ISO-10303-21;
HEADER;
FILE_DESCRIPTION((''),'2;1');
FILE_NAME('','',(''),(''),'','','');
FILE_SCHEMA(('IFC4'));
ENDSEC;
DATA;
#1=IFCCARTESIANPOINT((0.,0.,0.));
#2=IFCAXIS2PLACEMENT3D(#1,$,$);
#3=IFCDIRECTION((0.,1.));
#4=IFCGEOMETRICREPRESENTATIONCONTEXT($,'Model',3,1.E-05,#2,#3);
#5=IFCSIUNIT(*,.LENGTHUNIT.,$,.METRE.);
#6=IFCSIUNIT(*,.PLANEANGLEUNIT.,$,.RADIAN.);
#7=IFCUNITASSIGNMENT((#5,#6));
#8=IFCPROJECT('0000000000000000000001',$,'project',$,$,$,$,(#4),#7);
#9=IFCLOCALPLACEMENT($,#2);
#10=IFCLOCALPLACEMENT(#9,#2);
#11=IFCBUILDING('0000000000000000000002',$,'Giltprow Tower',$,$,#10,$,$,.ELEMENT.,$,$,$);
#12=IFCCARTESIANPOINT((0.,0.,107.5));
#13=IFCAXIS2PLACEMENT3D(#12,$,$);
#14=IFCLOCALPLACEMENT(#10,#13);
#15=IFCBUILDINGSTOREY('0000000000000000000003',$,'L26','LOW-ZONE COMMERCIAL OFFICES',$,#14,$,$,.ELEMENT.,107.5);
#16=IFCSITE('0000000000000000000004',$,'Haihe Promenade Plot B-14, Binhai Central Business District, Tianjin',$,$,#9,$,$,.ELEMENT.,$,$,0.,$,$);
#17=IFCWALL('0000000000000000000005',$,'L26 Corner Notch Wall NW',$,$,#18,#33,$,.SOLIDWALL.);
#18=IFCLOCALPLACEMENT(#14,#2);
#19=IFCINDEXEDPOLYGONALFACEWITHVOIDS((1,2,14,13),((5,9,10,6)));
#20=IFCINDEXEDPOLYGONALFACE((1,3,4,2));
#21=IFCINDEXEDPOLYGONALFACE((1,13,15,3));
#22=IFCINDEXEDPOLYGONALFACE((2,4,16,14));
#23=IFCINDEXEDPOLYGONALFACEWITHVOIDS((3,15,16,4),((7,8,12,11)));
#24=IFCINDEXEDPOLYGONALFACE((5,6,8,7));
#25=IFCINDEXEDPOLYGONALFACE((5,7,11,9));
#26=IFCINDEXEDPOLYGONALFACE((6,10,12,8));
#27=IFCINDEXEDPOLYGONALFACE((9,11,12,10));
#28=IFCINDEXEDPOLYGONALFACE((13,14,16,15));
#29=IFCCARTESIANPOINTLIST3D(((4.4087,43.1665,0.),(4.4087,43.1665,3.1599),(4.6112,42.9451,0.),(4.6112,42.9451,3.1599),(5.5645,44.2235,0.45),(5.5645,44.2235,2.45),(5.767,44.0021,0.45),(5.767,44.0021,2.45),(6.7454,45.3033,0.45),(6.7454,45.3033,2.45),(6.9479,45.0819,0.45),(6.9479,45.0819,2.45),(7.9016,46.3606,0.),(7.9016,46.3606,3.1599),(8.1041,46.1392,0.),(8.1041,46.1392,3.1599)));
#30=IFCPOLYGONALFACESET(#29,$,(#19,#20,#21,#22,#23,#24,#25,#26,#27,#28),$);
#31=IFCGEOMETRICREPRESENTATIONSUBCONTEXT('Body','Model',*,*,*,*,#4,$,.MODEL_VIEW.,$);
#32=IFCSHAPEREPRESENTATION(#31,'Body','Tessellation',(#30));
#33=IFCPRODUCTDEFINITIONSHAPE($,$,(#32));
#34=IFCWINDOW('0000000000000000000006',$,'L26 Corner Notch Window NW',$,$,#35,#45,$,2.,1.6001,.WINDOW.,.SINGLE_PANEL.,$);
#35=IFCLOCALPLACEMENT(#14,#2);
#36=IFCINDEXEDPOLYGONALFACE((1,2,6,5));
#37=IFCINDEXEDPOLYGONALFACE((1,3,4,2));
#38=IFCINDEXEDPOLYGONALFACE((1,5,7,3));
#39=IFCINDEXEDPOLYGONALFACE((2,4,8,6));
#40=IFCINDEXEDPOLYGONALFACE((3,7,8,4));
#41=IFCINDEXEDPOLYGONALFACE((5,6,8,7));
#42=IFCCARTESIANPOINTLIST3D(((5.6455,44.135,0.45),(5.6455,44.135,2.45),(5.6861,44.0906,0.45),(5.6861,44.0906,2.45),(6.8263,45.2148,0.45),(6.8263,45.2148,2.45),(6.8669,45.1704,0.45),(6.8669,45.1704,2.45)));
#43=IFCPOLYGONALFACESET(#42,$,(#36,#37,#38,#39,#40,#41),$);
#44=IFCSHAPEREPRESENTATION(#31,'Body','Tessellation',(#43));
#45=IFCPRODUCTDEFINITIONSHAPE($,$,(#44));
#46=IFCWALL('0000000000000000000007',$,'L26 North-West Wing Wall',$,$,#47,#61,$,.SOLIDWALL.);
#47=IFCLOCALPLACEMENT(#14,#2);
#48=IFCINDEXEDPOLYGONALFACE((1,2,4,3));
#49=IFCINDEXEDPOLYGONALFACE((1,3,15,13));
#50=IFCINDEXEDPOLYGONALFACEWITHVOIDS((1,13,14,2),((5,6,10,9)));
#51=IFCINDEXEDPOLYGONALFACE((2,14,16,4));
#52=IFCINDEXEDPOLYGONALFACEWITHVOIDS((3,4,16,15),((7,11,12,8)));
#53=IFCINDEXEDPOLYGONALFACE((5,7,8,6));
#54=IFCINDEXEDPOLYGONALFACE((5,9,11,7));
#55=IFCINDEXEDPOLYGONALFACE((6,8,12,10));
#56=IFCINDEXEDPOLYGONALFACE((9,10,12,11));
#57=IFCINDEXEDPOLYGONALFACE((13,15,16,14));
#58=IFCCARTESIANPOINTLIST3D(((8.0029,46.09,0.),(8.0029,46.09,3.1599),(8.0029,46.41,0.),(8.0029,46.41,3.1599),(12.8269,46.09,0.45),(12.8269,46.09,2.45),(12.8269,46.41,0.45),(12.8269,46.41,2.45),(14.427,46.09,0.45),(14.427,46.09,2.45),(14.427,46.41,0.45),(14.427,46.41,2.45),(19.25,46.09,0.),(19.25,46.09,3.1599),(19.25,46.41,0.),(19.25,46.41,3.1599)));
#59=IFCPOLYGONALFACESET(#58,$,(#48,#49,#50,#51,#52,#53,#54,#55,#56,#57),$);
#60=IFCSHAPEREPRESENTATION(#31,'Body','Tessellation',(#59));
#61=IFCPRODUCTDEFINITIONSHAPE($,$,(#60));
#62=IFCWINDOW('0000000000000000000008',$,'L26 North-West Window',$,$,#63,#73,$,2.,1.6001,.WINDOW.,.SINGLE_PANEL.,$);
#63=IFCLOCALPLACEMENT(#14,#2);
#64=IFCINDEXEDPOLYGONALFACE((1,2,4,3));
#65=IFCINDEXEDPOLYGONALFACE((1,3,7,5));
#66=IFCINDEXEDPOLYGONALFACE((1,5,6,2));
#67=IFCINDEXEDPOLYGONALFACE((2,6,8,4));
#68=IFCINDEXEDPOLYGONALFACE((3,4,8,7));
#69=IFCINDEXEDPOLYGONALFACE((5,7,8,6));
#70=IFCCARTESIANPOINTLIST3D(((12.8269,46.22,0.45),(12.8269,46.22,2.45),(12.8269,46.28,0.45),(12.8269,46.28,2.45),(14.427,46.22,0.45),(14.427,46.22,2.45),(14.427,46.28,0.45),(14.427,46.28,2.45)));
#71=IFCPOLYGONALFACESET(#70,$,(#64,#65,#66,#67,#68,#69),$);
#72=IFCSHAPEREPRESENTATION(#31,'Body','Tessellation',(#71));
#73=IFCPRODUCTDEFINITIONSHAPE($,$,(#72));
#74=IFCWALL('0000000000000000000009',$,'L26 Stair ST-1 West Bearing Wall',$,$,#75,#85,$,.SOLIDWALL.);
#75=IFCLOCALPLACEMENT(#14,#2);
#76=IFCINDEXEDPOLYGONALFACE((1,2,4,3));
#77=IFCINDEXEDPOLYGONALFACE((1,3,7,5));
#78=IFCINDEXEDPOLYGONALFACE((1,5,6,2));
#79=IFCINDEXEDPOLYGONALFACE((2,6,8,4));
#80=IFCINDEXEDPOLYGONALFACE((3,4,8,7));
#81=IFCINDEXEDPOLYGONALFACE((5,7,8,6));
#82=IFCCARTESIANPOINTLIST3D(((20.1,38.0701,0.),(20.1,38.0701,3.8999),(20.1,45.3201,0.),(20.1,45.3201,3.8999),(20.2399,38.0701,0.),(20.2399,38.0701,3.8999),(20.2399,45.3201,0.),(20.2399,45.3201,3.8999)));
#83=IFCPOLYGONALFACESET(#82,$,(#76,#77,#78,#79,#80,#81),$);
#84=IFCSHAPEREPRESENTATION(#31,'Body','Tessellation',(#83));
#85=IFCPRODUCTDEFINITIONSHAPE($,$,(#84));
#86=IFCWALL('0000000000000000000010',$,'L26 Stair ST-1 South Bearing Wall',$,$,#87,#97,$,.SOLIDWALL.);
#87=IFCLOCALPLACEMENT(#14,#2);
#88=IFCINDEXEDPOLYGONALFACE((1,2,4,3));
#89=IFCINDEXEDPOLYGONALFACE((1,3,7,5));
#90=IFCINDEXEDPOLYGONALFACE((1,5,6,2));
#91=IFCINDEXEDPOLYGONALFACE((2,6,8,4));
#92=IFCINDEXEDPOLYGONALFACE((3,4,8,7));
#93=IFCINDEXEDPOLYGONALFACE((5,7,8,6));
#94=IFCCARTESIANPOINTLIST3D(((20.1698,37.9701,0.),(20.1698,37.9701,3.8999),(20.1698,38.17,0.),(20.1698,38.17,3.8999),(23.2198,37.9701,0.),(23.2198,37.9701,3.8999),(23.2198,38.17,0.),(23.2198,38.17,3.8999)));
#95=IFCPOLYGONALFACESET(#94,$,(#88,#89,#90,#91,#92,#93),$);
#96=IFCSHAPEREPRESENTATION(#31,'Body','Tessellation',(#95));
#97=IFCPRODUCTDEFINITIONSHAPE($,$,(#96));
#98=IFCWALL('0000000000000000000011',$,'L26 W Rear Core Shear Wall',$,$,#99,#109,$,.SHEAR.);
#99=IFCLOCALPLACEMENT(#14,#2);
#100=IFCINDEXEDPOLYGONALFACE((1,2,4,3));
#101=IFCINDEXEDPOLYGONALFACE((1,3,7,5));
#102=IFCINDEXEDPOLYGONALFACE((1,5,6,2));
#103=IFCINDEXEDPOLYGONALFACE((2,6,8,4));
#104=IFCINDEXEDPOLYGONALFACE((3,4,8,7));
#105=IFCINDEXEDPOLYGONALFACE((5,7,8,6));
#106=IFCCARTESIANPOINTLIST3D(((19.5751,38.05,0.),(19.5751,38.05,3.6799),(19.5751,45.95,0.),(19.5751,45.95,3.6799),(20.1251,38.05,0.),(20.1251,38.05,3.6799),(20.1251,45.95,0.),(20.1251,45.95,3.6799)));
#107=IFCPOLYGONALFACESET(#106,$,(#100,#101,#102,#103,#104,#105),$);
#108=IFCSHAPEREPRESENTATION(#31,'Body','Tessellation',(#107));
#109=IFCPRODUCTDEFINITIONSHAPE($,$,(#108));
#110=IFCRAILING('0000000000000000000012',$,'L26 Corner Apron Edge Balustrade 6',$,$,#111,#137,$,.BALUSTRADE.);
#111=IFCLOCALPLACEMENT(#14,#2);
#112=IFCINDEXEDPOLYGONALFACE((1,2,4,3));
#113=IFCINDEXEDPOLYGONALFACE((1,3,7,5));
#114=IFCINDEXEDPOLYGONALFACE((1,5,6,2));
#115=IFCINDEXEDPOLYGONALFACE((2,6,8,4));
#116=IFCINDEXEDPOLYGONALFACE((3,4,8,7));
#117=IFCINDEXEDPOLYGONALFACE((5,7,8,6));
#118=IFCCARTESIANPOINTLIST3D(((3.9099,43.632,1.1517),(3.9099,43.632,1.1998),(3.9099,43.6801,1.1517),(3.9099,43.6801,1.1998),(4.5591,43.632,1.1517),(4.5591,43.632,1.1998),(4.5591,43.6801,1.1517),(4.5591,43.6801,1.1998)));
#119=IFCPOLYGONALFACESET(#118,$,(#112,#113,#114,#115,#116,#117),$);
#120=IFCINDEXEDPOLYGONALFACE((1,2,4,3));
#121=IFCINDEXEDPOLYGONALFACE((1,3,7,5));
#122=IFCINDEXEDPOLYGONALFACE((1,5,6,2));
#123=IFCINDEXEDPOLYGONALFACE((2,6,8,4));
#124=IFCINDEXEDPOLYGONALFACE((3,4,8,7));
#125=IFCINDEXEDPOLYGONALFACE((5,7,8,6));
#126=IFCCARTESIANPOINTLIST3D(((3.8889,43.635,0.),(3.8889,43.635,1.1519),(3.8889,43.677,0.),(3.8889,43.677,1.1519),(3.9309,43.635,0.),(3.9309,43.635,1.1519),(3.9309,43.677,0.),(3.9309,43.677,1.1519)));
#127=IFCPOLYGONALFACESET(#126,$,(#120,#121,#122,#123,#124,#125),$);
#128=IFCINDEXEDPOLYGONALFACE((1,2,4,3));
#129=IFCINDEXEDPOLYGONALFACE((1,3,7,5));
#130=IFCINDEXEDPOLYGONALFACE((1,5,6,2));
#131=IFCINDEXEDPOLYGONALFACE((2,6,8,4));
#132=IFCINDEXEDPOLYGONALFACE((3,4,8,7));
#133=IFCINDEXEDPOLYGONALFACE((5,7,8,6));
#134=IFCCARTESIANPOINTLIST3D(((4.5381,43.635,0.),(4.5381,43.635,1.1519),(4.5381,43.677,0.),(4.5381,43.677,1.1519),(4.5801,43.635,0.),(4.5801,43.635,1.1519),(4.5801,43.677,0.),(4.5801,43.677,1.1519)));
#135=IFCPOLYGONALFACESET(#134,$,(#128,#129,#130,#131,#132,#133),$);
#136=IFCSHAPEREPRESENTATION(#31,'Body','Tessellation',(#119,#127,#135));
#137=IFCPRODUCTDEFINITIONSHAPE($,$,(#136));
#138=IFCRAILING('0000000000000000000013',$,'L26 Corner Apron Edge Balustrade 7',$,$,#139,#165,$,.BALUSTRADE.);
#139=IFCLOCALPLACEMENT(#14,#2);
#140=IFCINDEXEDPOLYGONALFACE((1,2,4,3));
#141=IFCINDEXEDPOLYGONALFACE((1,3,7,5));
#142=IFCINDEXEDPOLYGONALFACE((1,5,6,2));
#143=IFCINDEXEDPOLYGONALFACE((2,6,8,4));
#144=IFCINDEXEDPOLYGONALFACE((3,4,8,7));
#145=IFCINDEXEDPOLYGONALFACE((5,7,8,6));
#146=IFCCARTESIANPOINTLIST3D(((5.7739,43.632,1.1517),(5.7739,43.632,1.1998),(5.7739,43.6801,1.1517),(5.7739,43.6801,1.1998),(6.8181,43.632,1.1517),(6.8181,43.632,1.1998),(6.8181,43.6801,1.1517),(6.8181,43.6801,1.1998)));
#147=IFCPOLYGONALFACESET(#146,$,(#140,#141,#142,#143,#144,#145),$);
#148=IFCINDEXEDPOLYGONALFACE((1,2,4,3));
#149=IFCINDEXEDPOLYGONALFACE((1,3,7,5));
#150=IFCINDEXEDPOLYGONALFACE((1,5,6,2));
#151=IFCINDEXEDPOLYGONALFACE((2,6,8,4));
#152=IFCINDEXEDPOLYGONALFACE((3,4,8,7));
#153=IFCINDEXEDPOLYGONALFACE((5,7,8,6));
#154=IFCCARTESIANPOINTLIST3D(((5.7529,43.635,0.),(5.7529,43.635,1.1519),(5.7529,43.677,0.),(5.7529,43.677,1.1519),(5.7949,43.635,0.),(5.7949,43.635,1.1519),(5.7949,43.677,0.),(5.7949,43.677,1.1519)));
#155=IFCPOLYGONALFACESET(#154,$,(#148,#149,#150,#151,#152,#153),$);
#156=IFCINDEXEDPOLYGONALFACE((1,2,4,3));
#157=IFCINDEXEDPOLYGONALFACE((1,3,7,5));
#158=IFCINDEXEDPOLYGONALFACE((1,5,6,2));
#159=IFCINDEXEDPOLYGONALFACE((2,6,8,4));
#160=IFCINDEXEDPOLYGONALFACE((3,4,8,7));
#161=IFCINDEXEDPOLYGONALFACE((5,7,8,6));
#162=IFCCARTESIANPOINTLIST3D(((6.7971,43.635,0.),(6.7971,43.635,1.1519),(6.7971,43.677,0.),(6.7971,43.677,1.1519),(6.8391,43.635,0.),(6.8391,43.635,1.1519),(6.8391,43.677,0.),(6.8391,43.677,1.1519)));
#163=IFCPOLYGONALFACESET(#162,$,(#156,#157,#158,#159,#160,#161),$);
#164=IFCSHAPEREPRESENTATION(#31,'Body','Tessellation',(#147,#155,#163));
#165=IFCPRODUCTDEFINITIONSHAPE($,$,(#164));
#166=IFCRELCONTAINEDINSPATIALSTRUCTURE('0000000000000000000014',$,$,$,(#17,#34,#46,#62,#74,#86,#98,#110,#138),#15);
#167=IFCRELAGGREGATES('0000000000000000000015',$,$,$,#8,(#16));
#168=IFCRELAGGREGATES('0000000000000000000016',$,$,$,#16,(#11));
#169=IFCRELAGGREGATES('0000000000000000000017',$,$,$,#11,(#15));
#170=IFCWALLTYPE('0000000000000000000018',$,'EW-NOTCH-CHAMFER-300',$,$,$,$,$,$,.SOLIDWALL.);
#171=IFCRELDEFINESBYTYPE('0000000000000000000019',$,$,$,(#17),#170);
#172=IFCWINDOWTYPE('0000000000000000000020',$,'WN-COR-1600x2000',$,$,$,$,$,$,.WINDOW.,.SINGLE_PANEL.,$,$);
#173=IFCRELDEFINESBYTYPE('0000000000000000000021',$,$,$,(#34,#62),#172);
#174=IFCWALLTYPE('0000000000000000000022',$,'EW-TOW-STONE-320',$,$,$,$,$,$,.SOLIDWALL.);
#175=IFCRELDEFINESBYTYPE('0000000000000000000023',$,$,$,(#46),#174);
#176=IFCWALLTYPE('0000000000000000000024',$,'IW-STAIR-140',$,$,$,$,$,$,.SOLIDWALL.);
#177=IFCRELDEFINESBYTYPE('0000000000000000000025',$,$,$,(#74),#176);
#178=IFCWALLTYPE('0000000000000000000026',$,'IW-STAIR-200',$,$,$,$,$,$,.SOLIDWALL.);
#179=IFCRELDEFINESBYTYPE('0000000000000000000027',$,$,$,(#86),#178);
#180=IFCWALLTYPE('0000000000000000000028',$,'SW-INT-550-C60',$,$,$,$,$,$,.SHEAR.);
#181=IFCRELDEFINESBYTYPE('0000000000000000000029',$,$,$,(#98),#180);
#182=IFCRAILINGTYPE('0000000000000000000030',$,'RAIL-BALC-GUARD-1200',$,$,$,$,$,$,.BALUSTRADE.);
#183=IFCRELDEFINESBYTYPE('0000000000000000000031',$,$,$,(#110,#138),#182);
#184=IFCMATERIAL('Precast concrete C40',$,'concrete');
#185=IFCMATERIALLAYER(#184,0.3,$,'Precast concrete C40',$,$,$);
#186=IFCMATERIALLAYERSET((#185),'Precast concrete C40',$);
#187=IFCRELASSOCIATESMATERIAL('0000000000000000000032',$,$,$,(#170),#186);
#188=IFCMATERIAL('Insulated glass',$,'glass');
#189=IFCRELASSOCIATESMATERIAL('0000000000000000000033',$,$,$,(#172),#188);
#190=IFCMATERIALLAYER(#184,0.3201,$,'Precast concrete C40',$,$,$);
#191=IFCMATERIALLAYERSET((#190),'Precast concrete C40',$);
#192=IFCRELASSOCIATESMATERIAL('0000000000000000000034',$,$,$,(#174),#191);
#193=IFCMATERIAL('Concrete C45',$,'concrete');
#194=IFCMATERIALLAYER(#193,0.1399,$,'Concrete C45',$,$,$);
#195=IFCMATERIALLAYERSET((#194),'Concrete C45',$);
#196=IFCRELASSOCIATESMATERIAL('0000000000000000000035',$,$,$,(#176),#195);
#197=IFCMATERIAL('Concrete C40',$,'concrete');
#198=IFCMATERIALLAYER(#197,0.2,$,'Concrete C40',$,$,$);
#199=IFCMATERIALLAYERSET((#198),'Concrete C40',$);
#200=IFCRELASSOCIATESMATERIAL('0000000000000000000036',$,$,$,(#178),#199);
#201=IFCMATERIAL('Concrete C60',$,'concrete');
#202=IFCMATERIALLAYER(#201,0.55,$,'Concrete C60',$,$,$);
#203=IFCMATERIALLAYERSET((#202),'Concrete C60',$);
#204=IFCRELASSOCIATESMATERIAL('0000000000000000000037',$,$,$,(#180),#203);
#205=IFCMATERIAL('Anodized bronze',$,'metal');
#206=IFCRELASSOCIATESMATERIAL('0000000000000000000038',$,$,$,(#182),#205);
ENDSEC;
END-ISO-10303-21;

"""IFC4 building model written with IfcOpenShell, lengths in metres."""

from ifc_helpers import new_model, si_unit, direction, frame, frame_2d, origin, origin_2d, place, context, subcontext, project, spatial, rectangle, extrude, source, transform, mapped, material, layer, layer_set, type_object, element, fill, save


model = new_model("IFC4")

# Units and contexts
model_context = context("Model", 3, precision=1e-05, world=origin(), true_north=direction((0.0, 1.0)))
body_context = subcontext(model_context, "Body", "Model", "MODEL_VIEW")
ifc_project = project(units=[si_unit("LENGTHUNIT", "METRE"), si_unit("PLANEANGLEUNIT", "RADIAN")], contexts=[model_context])

# Site, building, storey
site_placement = place(None, origin())
site = spatial("IfcSite", under=ifc_project, at=site_placement, Name="Haihe Promenade Plot B-14, Binhai Central Business District, Tianjin", CompositionType="ELEMENT", RefElevation=0.0)
building_placement = place(site_placement, origin())
building = spatial("IfcBuilding", under=site, at=building_placement, Name="Giltprow Tower", CompositionType="ELEMENT")
storey_placement = place(building_placement, frame((0.0, 0.0, 107.5)))
storey = spatial("IfcBuildingStorey", under=building, at=storey_placement, Name="L26", Description="LOW-ZONE COMMERCIAL OFFICES", CompositionType="ELEMENT", Elevation=107.5)

# Shared definitions
ifc_material_1 = material(Name="Concrete C60", Category="concrete")

# Walls, openings, windows
ifc_material_2 = material(Name="Precast concrete C40", Category="concrete")
ifc_layer_1 = layer(ifc_material_2, 0.3, Name="Precast concrete C40")
ifc_layer_set_1 = layer_set([ifc_layer_1], Name="Precast concrete C40")
wall_type_1 = type_object("IfcWallType", Name="EW-NOTCH-CHAMFER-300", PredefinedType="SOLIDWALL", material=ifc_layer_set_1)
wall_1_placement = place(storey_placement, frame((8.0029, 46.25, 0.0), z_axis=(0.0, 0.0, 1.0), x_axis=(-0.737969, -0.674834, 0.0)))
wall_1 = element("IfcWall", 1, at=wall_1_placement, inside=storey, type_object=wall_type_1, Name="L26 Corner Notch Wall NW", PredefinedType="SOLIDWALL", context=body_context, shape_type="SweptSolid", body=[
    extrude(rectangle(XDim=4.7332, YDim=0.3, at=frame_2d((2.3667, 0.0))), origin(), (0.0, 0.0, 1.0), 3.1599),
])
opening_1_placement = place(wall_1_placement, frame((1.5669, 0.0, 0.45)))
opening_1 = element("IfcOpeningElement", 2, at=opening_1_placement, cuts=wall_1, PredefinedType="OPENING", context=body_context, shape_type="SweptSolid", body=[
    extrude(rectangle(XDim=1.6001, YDim=2.0, at=frame_2d((0.8, 1.0))), frame((0.0, 0.1599, 0.0), z_axis=(0.0, -1.0, 0.0), x_axis=(1.0, 0.0, 0.0)), (0.0, 0.0, 1.0), 0.3201),
])
ifc_material_3 = material(Name="Insulated glass", Category="glass")
window_type = type_object("IfcWindowType", Name="WN-COR-1600x2000", PartitioningType="SINGLE_PANEL", PredefinedType="WINDOW", material=ifc_material_3)
shared_shape_1 = source(origin(), body_context, "Body", "SweptSolid", [
    extrude(rectangle(XDim=1.6001, YDim=2.0, at=frame_2d((0.8, 1.0))), frame((0.0, 0.03, 0.0), z_axis=(0.0, -1.0, 0.0), x_axis=(1.0, 0.0, 0.0)), (0.0, 0.0, 1.0), 0.0601),
])
window_1_placement = place(opening_1_placement, origin())
window_1 = element("IfcWindow", 3, at=window_1_placement, inside=storey, type_object=window_type, Name="L26 Corner Notch Window NW", OverallHeight=2.0, OverallWidth=1.6001, PartitioningType="SINGLE_PANEL", PredefinedType="WINDOW", context=body_context, shape_type="MappedRepresentation", body=[
    mapped(shared_shape_1, transform((0.0, 0.0, 0.0), x_axis=(1.0, 0.0, 0.0), y_axis=(0.0, 1.0, 0.0), z_axis=(0.0, 0.0, 1.0), scale=1.0)),
])
fill(opening_1, window_1)
ifc_layer_2 = layer(ifc_material_2, 0.3201, Name="Precast concrete C40")
ifc_layer_set_2 = layer_set([ifc_layer_2], Name="Precast concrete C40")
wall_type_2 = type_object("IfcWallType", Name="EW-TOW-STONE-320", PredefinedType="SOLIDWALL", material=ifc_layer_set_2)
wall_2_placement = place(storey_placement, frame((8.0029, 46.25, 0.0), z_axis=(0.0, 0.0, 1.0), x_axis=(1.0, 0.0, 0.0)))
wall_2 = element("IfcWall", 4, at=wall_2_placement, inside=storey, type_object=wall_type_2, Name="L26 North-West Wing Wall", PredefinedType="SOLIDWALL", context=body_context, shape_type="SweptSolid", body=[
    extrude(rectangle(XDim=11.2471, YDim=0.3201, at=frame_2d((5.6235, 0.0))), origin(), (0.0, 0.0, 1.0), 3.1599),
])
opening_2_placement = place(wall_2_placement, frame((4.824, 0.0, 0.45)))
opening_2 = element("IfcOpeningElement", 5, at=opening_2_placement, cuts=wall_2, PredefinedType="OPENING", context=body_context, shape_type="SweptSolid", body=[
    extrude(rectangle(XDim=1.6001, YDim=2.0, at=frame_2d((0.8, 1.0))), frame((0.0, 0.1699, 0.0), z_axis=(0.0, -1.0, 0.0), x_axis=(1.0, 0.0, 0.0)), (0.0, 0.0, 1.0), 0.3401),
])
window_2_placement = place(opening_2_placement, origin())
window_2 = element("IfcWindow", 6, at=window_2_placement, inside=storey, type_object=window_type, Name="L26 North-West Window", OverallHeight=2.0, OverallWidth=1.6001, PartitioningType="SINGLE_PANEL", PredefinedType="WINDOW", context=body_context, shape_type="MappedRepresentation", body=[
    mapped(shared_shape_1, transform((0.0, 0.0, 0.0), x_axis=(1.0, 0.0, 0.0), y_axis=(0.0, 1.0, 0.0), z_axis=(0.0, 0.0, 1.0), scale=1.0)),
])
fill(opening_2, window_2)

# Walls
ifc_material_4 = material(Name="Concrete C45", Category="concrete")
ifc_layer_3 = layer(ifc_material_4, 0.1399, Name="Concrete C45")
ifc_layer_set_3 = layer_set([ifc_layer_3], Name="Concrete C45")
wall_type_3 = type_object("IfcWallType", Name="IW-STAIR-140", PredefinedType="SOLIDWALL", material=ifc_layer_set_3)
wall_3_placement = place(storey_placement, frame((20.1699, 38.0701, 0.0), z_axis=(0.0, 0.0, 1.0), x_axis=(0.0, 1.0, 0.0)))
element("IfcWall", 7, at=wall_3_placement, inside=storey, type_object=wall_type_3, Name="L26 Stair ST-1 West Bearing Wall", PredefinedType="SOLIDWALL", context=body_context, shape_type="SweptSolid", body=[
    extrude(rectangle(XDim=7.25, YDim=0.1399, at=frame_2d((3.625, 0.0))), origin(), (0.0, 0.0, 1.0), 3.8999),
])
ifc_material_5 = material(Name="Concrete C40", Category="concrete")
ifc_layer_4 = layer(ifc_material_5, 0.2, Name="Concrete C40")
ifc_layer_set_4 = layer_set([ifc_layer_4], Name="Concrete C40")
wall_type_4 = type_object("IfcWallType", Name="IW-STAIR-200", PredefinedType="SOLIDWALL", material=ifc_layer_set_4)
wall_4_placement = place(storey_placement, frame((20.1699, 38.0701, 0.0), z_axis=(0.0, 0.0, 1.0), x_axis=(1.0, 0.0, 0.0)))
element("IfcWall", 8, at=wall_4_placement, inside=storey, type_object=wall_type_4, Name="L26 Stair ST-1 South Bearing Wall", PredefinedType="SOLIDWALL", context=body_context, shape_type="SweptSolid", body=[
    extrude(rectangle(XDim=3.05, YDim=0.2, at=frame_2d((1.5249, 0.0))), origin(), (0.0, 0.0, 1.0), 3.8999),
])
ifc_layer_5 = layer(ifc_material_1, 0.55, Name="Concrete C60")
ifc_layer_set_5 = layer_set([ifc_layer_5], Name="Concrete C60")
wall_type_5 = type_object("IfcWallType", Name="SW-INT-550-C60", PredefinedType="SHEAR", material=ifc_layer_set_5)
wall_5_placement = place(storey_placement, frame((19.8501, 38.05, 0.0), z_axis=(0.0, 0.0, 1.0), x_axis=(0.0, 1.0, 0.0)))
element("IfcWall", 9, at=wall_5_placement, inside=storey, type_object=wall_type_5, Name="L26 W Rear Core Shear Wall", PredefinedType="SHEAR", context=body_context, shape_type="SweptSolid", body=[
    extrude(rectangle(XDim=7.8999, YDim=0.55, at=frame_2d((3.95, 0.0))), origin(), (0.0, 0.0, 1.0), 3.6799),
])

# Railings
ifc_material_6 = material(Name="Anodized bronze", Category="metal")
railing_type = type_object("IfcRailingType", Name="RAIL-BALC-GUARD-1200", PredefinedType="BALUSTRADE", material=ifc_material_6)
railing_1_placement = place(storey_placement, frame((3.9099, 43.656, 0.0)))
element("IfcRailing", 10, at=railing_1_placement, inside=storey, type_object=railing_type, Name="L26 Corner Apron Edge Balustrade 6", PredefinedType="BALUSTRADE", context=body_context, shape_type="SweptSolid", body=[
    extrude(rectangle(XDim=0.0481, YDim=0.0481, at=origin_2d()), frame((0.0, 0.0, 1.1758), z_axis=(1.0, 0.0, 0.0), x_axis=(0.0, 1.0, 0.0)), (0.0, 0.0, 1.0), 0.6492),
    extrude(rectangle(XDim=0.042, YDim=0.042, at=origin_2d()), origin(), (0.0, 0.0, 1.0), 1.1519),
    extrude(rectangle(XDim=0.042, YDim=0.042, at=origin_2d()), frame((0.6492, 0.0, 0.0)), (0.0, 0.0, 1.0), 1.1519),
])
railing_2_placement = place(storey_placement, frame((5.7739, 43.656, 0.0)))
element("IfcRailing", 11, at=railing_2_placement, inside=storey, type_object=railing_type, Name="L26 Corner Apron Edge Balustrade 7", PredefinedType="BALUSTRADE", context=body_context, shape_type="SweptSolid", body=[
    extrude(rectangle(XDim=0.0481, YDim=0.0481, at=origin_2d()), frame((0.0, 0.0, 1.1758), z_axis=(1.0, 0.0, 0.0), x_axis=(0.0, 1.0, 0.0)), (0.0, 0.0, 1.0), 1.0442),
    extrude(rectangle(XDim=0.042, YDim=0.042, at=origin_2d()), origin(), (0.0, 0.0, 1.0), 1.1519),
    extrude(rectangle(XDim=0.042, YDim=0.042, at=origin_2d()), frame((1.0442, 0.0, 0.0)), (0.0, 0.0, 1.0), 1.1519),
])

save(model, "model.ifc")
